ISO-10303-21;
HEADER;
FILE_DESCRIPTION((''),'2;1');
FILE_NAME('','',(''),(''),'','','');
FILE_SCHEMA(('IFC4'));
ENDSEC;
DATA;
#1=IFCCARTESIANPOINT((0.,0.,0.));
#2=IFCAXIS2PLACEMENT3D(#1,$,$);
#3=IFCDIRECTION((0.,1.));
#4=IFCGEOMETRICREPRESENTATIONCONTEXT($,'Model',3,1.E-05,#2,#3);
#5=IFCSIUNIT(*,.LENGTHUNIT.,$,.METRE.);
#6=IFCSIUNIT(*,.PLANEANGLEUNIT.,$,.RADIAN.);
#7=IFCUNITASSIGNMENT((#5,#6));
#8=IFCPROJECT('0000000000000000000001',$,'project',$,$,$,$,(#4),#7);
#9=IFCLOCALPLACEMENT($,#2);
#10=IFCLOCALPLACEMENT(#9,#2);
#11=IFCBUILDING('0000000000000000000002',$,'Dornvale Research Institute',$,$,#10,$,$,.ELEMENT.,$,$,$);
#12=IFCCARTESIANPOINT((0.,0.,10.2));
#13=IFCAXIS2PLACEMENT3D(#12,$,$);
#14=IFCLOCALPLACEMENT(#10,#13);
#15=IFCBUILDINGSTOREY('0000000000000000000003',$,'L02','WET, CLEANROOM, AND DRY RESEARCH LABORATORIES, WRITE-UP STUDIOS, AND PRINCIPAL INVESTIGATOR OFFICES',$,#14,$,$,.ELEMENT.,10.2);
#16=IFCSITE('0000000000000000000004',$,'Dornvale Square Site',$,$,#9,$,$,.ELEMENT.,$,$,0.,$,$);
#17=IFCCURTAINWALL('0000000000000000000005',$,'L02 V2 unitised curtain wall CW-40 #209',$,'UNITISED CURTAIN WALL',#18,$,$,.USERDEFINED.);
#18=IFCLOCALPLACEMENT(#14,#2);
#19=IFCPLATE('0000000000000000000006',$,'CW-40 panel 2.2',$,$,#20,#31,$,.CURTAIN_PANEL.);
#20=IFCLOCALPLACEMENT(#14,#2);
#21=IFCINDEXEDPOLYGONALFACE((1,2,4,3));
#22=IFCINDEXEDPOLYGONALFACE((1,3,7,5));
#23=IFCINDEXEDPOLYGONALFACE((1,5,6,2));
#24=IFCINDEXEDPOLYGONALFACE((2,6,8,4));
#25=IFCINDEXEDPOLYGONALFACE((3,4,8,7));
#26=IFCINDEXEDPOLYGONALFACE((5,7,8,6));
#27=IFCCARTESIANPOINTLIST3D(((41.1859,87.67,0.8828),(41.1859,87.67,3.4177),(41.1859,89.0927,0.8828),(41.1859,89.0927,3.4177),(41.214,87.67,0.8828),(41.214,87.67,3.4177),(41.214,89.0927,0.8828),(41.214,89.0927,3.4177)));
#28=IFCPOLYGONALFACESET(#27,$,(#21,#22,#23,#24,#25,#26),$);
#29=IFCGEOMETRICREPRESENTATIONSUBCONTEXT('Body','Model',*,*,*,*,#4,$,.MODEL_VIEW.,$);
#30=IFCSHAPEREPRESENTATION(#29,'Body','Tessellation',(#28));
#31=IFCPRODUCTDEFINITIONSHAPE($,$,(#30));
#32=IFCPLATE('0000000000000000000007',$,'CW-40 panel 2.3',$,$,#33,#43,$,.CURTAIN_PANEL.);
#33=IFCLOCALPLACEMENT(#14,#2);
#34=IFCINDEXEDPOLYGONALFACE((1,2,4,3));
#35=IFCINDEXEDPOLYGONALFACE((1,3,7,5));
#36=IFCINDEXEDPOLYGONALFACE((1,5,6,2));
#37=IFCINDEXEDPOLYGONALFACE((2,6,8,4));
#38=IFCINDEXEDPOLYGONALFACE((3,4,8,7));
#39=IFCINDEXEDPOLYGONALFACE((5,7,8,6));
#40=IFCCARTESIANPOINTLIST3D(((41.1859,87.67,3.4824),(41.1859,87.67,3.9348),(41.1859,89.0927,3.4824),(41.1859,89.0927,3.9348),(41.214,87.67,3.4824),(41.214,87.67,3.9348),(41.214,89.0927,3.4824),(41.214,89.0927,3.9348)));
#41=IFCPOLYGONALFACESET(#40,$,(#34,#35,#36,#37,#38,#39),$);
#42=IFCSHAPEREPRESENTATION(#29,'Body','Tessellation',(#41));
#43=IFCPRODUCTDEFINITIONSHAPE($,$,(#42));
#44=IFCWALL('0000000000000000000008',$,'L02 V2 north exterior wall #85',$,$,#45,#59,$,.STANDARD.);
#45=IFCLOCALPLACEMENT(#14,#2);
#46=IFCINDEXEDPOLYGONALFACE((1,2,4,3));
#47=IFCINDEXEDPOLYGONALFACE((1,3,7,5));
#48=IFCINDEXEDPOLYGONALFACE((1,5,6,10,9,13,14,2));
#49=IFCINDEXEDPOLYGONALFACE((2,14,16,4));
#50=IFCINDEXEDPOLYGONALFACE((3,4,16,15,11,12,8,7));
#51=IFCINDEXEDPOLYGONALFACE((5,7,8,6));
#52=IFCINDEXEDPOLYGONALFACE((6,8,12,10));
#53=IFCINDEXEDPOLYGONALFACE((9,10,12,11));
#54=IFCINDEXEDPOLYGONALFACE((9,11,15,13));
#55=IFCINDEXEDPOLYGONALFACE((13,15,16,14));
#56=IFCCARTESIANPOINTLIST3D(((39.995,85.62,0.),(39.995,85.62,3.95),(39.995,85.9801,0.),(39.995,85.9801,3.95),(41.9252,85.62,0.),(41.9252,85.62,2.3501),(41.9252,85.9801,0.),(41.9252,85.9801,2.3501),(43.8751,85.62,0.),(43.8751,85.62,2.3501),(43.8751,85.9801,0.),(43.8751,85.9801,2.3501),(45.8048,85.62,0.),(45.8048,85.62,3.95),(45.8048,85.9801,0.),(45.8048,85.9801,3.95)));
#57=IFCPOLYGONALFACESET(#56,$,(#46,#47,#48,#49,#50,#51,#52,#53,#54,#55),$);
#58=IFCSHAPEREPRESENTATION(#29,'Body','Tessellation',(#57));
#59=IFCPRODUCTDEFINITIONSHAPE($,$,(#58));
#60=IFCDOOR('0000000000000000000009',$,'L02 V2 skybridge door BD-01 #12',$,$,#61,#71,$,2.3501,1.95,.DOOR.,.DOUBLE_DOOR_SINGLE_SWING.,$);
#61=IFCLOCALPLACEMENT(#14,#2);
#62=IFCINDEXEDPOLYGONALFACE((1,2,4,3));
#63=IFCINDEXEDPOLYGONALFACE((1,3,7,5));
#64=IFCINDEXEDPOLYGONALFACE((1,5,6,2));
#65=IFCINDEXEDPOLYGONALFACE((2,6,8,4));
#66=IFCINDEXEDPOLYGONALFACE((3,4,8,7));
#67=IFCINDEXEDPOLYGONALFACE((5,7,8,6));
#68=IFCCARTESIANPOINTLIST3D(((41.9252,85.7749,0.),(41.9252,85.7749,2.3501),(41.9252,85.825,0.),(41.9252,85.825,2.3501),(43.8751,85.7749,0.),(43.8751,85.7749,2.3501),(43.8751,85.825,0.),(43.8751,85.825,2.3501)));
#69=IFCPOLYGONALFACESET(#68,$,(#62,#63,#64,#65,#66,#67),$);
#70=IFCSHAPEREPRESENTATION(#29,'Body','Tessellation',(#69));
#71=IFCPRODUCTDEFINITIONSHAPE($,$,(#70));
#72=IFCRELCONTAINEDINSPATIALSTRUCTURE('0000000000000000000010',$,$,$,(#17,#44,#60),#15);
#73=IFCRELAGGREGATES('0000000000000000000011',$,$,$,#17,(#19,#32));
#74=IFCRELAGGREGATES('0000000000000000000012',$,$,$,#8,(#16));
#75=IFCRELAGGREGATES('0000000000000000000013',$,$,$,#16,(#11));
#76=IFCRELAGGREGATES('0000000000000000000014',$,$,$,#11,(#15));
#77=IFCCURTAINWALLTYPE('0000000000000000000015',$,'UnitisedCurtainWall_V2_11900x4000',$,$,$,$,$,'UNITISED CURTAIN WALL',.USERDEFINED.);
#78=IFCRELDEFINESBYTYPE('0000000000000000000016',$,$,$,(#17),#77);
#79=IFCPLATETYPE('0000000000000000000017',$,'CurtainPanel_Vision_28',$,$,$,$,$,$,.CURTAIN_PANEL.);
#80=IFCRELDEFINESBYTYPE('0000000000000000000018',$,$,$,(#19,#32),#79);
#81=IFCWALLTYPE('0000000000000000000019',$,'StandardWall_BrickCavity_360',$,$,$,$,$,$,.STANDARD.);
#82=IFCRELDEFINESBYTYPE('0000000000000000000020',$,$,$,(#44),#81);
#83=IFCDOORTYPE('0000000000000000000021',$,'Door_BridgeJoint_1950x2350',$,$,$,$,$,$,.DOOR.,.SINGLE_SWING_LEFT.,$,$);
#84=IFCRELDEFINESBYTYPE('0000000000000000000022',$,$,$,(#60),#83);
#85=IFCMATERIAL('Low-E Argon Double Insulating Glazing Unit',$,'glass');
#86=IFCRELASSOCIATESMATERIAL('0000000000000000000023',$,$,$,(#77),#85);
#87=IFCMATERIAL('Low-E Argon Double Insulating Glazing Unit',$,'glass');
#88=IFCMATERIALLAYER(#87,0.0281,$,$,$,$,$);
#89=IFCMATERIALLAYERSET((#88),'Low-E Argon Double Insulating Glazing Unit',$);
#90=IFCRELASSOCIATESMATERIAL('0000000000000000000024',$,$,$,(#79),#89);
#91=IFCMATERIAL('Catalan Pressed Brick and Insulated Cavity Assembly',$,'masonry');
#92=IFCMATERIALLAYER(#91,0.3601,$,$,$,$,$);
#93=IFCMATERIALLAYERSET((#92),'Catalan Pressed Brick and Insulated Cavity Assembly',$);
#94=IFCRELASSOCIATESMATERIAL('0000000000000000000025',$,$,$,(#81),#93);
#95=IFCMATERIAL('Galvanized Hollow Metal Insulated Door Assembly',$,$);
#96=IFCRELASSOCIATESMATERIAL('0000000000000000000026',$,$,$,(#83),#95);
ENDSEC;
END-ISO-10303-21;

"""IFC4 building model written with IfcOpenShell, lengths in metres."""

from ifc_helpers import new_model, si_unit, direction, frame, frame_2d, origin, origin_2d, place, context, subcontext, project, spatial, rectangle, extrude, material, layer, layer_set, type_object, element, fill, aggregate, save


model = new_model("IFC4")

# Units and contexts
model_context = context("Model", 3, precision=1e-05, world=origin(), true_north=direction((0.0, 1.0)))
body_context = subcontext(model_context, "Body", "Model", "MODEL_VIEW")
ifc_project = project(units=[si_unit("LENGTHUNIT", "METRE"), si_unit("PLANEANGLEUNIT", "RADIAN")], contexts=[model_context])

# Site, building, storey
site_placement = place(None, origin())
site = spatial("IfcSite", under=ifc_project, at=site_placement, Name="Dornvale Square Site", CompositionType="ELEMENT", RefElevation=0.0)
building_placement = place(site_placement, origin())
building = spatial("IfcBuilding", under=site, at=building_placement, Name="Dornvale Research Institute", CompositionType="ELEMENT")
storey_placement = place(building_placement, frame((0.0, 0.0, 10.2)))
storey = spatial("IfcBuildingStorey", under=building, at=storey_placement, Name="L02", Description="WET, CLEANROOM, AND DRY RESEARCH LABORATORIES, WRITE-UP STUDIOS, AND PRINCIPAL INVESTIGATOR OFFICES", CompositionType="ELEMENT", Elevation=10.2)

# Curtain wall
ifc_material_1 = material(Name="Low-E Argon Double Insulating Glazing Unit", Category="glass")
curtain_wall_type = type_object("IfcCurtainWallType", Name="UnitisedCurtainWall_V2_11900x4000", ElementType="UNITISED CURTAIN WALL", PredefinedType="USERDEFINED", material=ifc_material_1)
curtain_wall_placement = place(storey_placement, origin())
curtain_wall = element("IfcCurtainWall", 1, at=curtain_wall_placement, inside=storey, type_object=curtain_wall_type, Name="L02 V2 unitised curtain wall CW-40 #209", ObjectType="UNITISED CURTAIN WALL", PredefinedType="USERDEFINED")

# Plates
ifc_material_2 = material(Name="Low-E Argon Double Insulating Glazing Unit", Category="glass")
ifc_layer_1 = layer(ifc_material_2, 0.0281)
ifc_layer_set_1 = layer_set([ifc_layer_1], Name="Low-E Argon Double Insulating Glazing Unit")
plate_type_1 = type_object("IfcPlateType", Name="CurtainPanel_Vision_28", PredefinedType="CURTAIN_PANEL", material=ifc_layer_set_1)
plate_1_placement = place(storey_placement, frame((41.2, 88.3813, 0.8828), z_axis=(0.0, 0.0, 1.0), x_axis=(0.0, 1.0, 0.0)))
plate_1 = element("IfcPlate", 2, at=plate_1_placement, type_object=plate_type_1, Name="CW-40 panel 2.2", PredefinedType="CURTAIN_PANEL", context=body_context, shape_type="SweptSolid", body=[
    extrude(rectangle(XDim=1.4226, YDim=0.0281, at=origin_2d()), origin(), (0.0, 0.0, 1.0), 2.5349),
])
plate_2_placement = place(storey_placement, frame((41.2, 88.3813, 3.4824), z_axis=(0.0, 0.0, 1.0), x_axis=(0.0, 1.0, 0.0)))
plate_2 = element("IfcPlate", 3, at=plate_2_placement, type_object=plate_type_1, Name="CW-40 panel 2.3", PredefinedType="CURTAIN_PANEL", context=body_context, shape_type="SweptSolid", body=[
    extrude(rectangle(XDim=1.4226, YDim=0.0281, at=origin_2d()), origin(), (0.0, 0.0, 1.0), 0.4524),
])
aggregate(curtain_wall, [plate_1, plate_2])

# Wall, opening, door
ifc_material_3 = material(Name="Catalan Pressed Brick and Insulated Cavity Assembly", Category="masonry")
ifc_layer_2 = layer(ifc_material_3, 0.3601)
ifc_layer_set_2 = layer_set([ifc_layer_2], Name="Catalan Pressed Brick and Insulated Cavity Assembly")
wall_type = type_object("IfcWallType", Name="StandardWall_BrickCavity_360", PredefinedType="STANDARD", material=ifc_layer_set_2)
wall_placement = place(storey_placement, frame((39.9951, 85.8, 0.0), z_axis=(0.0, 0.0, 1.0), x_axis=(1.0, 0.0, 0.0)))
wall = element("IfcWall", 4, at=wall_placement, inside=storey, type_object=wall_type, Name="L02 V2 north exterior wall #85", PredefinedType="STANDARD", context=body_context, shape_type="SweptSolid", body=[
    extrude(rectangle(XDim=5.8098, YDim=0.3601, at=frame_2d((2.9048, 0.0))), origin(), (0.0, 0.0, 1.0), 3.95),
])
opening_placement = place(wall_placement, frame((1.9299, 0.0, 0.0)))
opening = element("IfcOpeningElement", 5, at=opening_placement, cuts=wall, PredefinedType="OPENING", context=body_context, shape_type="SweptSolid", body=[
    extrude(rectangle(XDim=1.95, YDim=2.3501, at=frame_2d((0.9751, 1.175))), frame((0.0, 0.1951, 0.0), z_axis=(0.0, -1.0, 0.0), x_axis=(1.0, 0.0, 0.0)), (0.0, 0.0, 1.0), 0.3901),
])
ifc_material_4 = material(Name="Galvanized Hollow Metal Insulated Door Assembly")
door_type = type_object("IfcDoorType", Name="Door_BridgeJoint_1950x2350", OperationType="SINGLE_SWING_LEFT", PredefinedType="DOOR", material=ifc_material_4)
door_placement = place(opening_placement, origin())
door = element("IfcDoor", 6, at=door_placement, inside=storey, type_object=door_type, Name="L02 V2 skybridge door BD-01 #12", OperationType="DOUBLE_DOOR_SINGLE_SWING", OverallHeight=2.3501, OverallWidth=1.95, PredefinedType="DOOR", context=body_context, shape_type="SweptSolid", body=[
    extrude(rectangle(XDim=1.95, YDim=2.3501, at=frame_2d((0.9751, 1.175))), frame((0.0, 0.0249, 0.0), z_axis=(0.0, -1.0, 0.0), x_axis=(1.0, 0.0, 0.0)), (0.0, 0.0, 1.0), 0.05),
])
fill(opening, door)

save(model, "model.ifc")
